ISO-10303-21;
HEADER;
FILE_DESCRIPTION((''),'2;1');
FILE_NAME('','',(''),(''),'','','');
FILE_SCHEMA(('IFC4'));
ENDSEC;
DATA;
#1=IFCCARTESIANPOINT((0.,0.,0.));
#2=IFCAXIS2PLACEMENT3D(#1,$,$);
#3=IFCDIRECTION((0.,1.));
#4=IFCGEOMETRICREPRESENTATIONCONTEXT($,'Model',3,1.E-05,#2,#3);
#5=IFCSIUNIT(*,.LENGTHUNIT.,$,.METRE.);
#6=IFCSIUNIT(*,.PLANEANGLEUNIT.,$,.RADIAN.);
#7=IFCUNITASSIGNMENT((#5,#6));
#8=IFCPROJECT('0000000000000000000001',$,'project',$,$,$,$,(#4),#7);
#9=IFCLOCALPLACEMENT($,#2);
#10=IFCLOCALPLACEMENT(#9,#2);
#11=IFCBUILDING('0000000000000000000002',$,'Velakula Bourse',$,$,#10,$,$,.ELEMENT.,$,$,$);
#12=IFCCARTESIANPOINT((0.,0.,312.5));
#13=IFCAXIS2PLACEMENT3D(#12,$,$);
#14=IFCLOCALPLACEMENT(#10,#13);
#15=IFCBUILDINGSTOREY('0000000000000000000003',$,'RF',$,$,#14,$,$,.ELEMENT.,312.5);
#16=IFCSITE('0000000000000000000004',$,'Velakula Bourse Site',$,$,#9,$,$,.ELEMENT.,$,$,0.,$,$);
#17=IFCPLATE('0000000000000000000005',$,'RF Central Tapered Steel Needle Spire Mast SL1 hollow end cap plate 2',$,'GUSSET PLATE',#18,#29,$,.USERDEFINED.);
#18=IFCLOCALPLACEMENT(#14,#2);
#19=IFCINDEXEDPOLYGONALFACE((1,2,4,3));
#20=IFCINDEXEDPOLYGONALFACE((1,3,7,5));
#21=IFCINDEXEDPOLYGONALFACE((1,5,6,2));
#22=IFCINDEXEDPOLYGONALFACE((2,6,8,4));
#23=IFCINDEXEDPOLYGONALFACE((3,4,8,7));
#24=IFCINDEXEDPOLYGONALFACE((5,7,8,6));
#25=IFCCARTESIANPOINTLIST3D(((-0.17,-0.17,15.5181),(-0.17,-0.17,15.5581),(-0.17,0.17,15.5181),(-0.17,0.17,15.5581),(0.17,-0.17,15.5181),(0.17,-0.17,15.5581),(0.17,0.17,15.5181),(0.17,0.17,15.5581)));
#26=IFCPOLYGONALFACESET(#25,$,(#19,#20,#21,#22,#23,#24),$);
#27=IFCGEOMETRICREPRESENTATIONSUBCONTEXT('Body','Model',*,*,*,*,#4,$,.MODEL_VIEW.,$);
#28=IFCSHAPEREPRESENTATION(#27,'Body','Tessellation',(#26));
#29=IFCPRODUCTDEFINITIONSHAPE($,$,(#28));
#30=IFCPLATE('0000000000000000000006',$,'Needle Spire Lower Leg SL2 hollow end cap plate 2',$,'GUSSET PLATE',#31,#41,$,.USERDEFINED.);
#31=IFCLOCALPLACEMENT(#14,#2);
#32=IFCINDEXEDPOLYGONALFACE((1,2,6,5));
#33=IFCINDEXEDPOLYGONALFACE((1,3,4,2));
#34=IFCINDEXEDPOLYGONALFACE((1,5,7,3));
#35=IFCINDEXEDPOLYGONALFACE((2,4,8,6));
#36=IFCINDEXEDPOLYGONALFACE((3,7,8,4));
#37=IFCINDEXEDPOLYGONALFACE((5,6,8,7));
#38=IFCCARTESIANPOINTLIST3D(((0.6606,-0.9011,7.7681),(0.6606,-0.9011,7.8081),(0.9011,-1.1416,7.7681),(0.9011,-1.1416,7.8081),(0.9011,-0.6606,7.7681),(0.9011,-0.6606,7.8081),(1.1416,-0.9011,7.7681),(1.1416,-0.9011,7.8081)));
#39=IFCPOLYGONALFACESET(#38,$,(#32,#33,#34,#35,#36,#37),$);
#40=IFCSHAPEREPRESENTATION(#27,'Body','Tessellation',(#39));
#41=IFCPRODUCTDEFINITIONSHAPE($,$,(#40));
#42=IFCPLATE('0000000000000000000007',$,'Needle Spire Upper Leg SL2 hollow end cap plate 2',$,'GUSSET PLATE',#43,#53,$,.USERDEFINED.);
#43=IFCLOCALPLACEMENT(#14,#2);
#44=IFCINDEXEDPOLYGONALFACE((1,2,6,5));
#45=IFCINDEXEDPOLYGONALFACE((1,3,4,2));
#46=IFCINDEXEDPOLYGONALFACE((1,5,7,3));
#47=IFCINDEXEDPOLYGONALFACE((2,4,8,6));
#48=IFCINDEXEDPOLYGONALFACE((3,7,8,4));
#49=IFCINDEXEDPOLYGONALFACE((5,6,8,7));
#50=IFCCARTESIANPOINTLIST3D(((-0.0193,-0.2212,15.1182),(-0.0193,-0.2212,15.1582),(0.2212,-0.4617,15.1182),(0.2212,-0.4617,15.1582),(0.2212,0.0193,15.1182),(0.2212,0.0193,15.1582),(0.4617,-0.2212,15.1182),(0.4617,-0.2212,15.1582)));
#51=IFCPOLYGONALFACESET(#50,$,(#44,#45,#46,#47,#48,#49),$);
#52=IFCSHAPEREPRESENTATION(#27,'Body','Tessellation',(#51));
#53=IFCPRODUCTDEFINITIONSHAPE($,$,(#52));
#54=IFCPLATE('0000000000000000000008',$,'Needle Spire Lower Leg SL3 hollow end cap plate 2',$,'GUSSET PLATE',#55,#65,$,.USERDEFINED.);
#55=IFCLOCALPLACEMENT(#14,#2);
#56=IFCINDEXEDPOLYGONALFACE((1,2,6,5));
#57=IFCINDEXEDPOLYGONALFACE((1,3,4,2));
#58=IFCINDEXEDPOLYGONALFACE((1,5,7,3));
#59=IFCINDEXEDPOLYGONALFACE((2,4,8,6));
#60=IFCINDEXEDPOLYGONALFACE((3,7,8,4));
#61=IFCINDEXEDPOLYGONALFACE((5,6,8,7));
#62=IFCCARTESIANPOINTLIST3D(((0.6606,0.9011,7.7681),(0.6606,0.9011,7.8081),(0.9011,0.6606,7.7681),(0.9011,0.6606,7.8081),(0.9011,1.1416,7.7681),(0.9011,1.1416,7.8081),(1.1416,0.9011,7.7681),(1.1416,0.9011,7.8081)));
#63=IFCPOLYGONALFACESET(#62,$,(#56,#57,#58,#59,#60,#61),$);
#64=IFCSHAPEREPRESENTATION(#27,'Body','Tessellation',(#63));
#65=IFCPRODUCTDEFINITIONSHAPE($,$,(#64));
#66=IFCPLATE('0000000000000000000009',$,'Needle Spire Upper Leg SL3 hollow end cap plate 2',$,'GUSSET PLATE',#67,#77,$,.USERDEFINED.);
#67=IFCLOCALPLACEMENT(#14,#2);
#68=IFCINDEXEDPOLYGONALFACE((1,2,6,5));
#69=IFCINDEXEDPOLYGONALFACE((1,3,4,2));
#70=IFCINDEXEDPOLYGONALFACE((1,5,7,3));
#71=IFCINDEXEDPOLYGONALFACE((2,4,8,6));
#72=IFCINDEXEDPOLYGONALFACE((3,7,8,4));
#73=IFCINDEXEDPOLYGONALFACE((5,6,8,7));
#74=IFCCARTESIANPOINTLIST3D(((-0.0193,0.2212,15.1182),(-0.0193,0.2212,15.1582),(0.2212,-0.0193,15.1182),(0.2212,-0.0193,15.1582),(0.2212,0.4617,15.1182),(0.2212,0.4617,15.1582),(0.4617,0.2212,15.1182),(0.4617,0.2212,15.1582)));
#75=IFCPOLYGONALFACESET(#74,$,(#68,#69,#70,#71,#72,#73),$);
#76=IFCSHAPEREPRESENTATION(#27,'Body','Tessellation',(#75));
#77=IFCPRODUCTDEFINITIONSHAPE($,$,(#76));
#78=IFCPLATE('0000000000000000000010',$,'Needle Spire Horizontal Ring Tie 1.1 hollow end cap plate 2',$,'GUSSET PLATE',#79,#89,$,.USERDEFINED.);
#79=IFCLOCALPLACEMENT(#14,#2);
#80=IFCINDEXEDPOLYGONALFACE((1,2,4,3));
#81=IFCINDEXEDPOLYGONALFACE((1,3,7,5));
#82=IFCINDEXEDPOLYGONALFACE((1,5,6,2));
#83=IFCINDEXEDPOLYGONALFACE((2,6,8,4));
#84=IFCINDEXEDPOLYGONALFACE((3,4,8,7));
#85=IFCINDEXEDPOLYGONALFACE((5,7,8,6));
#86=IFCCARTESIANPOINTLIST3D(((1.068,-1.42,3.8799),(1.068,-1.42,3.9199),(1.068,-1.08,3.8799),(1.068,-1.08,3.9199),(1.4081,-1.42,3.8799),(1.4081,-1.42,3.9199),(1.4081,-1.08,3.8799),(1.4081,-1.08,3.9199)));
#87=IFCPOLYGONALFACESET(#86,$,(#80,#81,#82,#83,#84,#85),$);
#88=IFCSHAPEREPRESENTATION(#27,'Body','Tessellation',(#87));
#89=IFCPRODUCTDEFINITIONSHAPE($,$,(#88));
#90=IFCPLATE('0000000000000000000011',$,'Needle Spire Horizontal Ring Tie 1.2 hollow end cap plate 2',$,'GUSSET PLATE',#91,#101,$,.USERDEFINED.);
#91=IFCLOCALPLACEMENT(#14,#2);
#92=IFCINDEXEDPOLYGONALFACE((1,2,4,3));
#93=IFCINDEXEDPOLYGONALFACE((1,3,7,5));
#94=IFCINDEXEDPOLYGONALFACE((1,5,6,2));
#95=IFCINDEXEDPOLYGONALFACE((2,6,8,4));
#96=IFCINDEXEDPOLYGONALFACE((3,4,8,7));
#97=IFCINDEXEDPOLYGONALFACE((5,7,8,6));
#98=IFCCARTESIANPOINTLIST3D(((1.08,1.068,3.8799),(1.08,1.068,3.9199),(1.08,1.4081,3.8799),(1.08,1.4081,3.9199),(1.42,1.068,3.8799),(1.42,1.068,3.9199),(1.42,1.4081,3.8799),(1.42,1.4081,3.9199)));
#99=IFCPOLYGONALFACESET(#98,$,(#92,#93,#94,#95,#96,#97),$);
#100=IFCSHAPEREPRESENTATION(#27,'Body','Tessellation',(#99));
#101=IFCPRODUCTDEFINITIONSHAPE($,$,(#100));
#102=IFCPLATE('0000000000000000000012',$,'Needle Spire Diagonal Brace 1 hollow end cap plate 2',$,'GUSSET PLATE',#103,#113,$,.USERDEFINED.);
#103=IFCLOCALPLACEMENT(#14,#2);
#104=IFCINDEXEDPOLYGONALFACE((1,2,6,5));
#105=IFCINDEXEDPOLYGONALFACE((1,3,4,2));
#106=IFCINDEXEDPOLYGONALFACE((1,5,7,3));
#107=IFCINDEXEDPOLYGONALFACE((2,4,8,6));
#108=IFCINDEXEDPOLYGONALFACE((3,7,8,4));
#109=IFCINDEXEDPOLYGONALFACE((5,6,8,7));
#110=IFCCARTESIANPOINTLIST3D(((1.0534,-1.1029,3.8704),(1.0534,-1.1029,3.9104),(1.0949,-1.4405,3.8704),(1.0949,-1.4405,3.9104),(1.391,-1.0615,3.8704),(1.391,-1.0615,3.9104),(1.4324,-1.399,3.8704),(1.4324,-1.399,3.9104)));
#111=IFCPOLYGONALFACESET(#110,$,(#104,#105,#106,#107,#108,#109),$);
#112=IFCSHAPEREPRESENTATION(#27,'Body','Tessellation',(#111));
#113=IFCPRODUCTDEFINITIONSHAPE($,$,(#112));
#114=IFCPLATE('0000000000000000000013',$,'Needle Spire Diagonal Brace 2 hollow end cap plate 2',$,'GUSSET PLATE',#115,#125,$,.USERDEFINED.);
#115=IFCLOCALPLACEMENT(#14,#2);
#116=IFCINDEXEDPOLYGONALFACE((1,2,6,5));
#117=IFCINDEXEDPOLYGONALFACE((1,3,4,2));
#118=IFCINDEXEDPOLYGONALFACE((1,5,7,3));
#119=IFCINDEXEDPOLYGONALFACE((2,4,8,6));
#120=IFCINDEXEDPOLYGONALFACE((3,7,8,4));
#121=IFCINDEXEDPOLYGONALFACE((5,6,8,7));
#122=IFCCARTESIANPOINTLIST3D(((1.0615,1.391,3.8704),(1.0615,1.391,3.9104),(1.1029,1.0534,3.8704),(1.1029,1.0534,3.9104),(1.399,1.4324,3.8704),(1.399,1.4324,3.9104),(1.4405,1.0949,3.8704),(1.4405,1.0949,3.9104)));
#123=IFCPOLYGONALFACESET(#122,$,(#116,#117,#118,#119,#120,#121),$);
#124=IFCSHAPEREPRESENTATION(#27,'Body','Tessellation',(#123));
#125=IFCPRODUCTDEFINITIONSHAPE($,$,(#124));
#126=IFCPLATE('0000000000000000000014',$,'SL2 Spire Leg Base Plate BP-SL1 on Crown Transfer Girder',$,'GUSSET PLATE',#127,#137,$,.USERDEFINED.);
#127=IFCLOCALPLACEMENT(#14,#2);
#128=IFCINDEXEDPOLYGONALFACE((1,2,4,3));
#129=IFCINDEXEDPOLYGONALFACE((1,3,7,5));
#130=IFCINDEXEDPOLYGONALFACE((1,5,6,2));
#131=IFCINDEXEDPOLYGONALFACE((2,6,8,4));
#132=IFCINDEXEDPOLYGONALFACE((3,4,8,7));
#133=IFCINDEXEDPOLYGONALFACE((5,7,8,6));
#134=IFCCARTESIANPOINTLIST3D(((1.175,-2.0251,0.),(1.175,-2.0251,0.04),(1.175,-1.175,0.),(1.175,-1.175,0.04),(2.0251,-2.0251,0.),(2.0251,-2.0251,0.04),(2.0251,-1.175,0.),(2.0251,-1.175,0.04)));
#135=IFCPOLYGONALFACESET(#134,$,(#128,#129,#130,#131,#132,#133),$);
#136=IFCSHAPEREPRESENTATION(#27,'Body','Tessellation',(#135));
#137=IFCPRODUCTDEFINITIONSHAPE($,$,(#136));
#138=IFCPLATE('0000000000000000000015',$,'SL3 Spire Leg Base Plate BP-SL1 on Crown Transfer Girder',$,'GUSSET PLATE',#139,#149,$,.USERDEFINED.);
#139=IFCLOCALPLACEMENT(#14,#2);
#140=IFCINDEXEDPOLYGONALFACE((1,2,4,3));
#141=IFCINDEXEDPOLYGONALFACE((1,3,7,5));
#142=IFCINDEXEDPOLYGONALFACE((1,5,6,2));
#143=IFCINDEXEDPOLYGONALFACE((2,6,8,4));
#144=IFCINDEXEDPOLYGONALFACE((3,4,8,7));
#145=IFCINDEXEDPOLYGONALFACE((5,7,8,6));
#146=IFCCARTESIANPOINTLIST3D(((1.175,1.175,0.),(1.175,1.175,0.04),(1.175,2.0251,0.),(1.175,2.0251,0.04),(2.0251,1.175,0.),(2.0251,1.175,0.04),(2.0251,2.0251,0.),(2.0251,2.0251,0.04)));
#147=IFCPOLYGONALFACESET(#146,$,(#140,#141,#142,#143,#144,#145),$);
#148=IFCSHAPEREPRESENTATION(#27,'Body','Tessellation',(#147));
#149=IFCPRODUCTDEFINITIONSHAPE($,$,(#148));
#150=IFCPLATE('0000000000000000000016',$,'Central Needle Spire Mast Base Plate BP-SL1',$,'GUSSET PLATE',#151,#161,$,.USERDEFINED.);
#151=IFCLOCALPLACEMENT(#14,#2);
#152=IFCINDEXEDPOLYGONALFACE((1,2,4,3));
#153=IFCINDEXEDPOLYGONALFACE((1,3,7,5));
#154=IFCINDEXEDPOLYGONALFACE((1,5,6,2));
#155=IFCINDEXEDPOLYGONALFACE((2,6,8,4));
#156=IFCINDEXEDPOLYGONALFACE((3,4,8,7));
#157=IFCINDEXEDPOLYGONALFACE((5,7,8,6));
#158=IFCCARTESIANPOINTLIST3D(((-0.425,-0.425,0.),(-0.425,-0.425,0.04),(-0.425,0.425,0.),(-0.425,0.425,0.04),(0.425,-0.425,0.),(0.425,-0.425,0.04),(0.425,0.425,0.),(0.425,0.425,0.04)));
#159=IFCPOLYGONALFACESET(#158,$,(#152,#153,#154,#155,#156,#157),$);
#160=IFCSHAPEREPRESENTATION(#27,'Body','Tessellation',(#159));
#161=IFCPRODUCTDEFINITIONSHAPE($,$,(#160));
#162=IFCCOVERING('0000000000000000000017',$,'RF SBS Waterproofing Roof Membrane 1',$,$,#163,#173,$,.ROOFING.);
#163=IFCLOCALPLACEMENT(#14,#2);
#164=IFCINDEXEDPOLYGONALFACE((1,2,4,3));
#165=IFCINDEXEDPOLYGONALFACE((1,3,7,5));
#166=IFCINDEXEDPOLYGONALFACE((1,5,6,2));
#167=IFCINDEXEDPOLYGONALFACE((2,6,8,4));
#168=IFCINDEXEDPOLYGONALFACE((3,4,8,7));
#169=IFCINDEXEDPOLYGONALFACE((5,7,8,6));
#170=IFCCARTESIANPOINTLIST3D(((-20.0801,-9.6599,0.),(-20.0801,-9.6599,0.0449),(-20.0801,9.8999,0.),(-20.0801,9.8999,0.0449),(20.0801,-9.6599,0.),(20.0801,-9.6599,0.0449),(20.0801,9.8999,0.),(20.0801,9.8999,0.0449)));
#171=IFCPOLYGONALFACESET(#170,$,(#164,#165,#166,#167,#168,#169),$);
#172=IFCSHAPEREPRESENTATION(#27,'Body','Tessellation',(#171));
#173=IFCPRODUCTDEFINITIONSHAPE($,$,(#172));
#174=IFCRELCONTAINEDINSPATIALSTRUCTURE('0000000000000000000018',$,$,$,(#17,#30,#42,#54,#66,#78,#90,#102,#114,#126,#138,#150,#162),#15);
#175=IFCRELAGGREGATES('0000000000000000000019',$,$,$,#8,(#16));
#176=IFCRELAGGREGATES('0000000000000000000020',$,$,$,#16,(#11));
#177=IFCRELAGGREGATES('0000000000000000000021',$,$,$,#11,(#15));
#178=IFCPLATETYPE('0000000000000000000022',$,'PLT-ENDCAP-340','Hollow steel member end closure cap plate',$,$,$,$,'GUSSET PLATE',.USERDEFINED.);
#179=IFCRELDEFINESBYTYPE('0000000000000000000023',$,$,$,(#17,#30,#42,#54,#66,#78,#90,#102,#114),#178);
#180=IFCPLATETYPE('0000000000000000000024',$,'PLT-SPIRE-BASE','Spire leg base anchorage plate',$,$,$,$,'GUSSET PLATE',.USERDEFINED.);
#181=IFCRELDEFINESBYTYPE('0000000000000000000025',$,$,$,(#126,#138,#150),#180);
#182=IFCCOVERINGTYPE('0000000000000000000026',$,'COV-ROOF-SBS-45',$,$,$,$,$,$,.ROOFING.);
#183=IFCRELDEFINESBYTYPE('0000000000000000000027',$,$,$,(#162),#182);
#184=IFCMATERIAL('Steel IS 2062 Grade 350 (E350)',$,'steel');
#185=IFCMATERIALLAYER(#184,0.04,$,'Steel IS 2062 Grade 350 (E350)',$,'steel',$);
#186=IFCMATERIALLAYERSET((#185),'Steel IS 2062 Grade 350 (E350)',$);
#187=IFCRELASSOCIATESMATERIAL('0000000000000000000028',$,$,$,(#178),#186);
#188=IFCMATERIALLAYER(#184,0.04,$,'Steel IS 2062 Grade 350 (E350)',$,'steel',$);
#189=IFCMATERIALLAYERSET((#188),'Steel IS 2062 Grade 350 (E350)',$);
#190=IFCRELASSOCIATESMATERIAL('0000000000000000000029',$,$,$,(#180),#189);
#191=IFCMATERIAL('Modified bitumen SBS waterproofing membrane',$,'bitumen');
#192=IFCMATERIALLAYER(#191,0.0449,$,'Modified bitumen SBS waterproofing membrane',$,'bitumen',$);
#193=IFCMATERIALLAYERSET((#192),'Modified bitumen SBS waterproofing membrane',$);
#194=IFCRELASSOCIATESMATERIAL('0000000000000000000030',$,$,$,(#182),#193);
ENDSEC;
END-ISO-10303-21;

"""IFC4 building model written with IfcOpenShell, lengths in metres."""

from ifc_helpers import new_model, si_unit, direction, frame, origin, origin_2d, place, context, subcontext, project, spatial, polyline, rectangle, outline, extrude, material, layer, layer_set, type_object, element, save


model = new_model("IFC4")

# Units and contexts
model_context = context("Model", 3, precision=1e-05, world=origin(), true_north=direction((0.0, 1.0)))
body_context = subcontext(model_context, "Body", "Model", "MODEL_VIEW")
ifc_project = project(units=[si_unit("LENGTHUNIT", "METRE"), si_unit("PLANEANGLEUNIT", "RADIAN")], contexts=[model_context])

# Site, building, storey
site_placement = place(None, origin())
site = spatial("IfcSite", under=ifc_project, at=site_placement, Name="Velakula Bourse Site", CompositionType="ELEMENT", RefElevation=0.0)
building_placement = place(site_placement, origin())
building = spatial("IfcBuilding", under=site, at=building_placement, Name="Velakula Bourse", CompositionType="ELEMENT")
storey_placement = place(building_placement, frame((0.0, 0.0, 312.5)))
storey = spatial("IfcBuildingStorey", under=building, at=storey_placement, Name="RF", CompositionType="ELEMENT", Elevation=312.5)

# Shared definitions
ifc_material_1 = material(Name="Steel IS 2062 Grade 350 (E350)", Category="steel")

# Plates
ifc_layer_1 = layer(ifc_material_1, 0.04, Name="Steel IS 2062 Grade 350 (E350)", Category="steel")
ifc_layer_set_1 = layer_set([ifc_layer_1], Name="Steel IS 2062 Grade 350 (E350)")
plate_type_1 = type_object("IfcPlateType", Name="PLT-ENDCAP-340", Description="Hollow steel member end closure cap plate", ElementType="GUSSET PLATE", PredefinedType="USERDEFINED", material=ifc_layer_set_1)
for number, where, z_axis, x_axis, name in (
    (1, (0.0, 0.0, 15.5181), (0.0, 0.0, 1.0), (1.0, 0.0, 0.0), "RF Central Tapered Steel Needle Spire Mast SL1 hollow end cap plate 2"),
    (2, (0.9011, -0.9011, 7.7681), (0.0, 0.0, 1.0), (-0.707107, 0.707107, 0.0), "Needle Spire Lower Leg SL2 hollow end cap plate 2"),
    (3, (0.2212, -0.2212, 15.1182), (0.0, 0.0, 1.0), (-0.707107, 0.707107, 0.0), "Needle Spire Upper Leg SL2 hollow end cap plate 2"),
    (4, (0.9011, 0.9011, 7.7681), (0.0, 0.0, 1.0), (-0.707107, -0.707107, 0.0), "Needle Spire Lower Leg SL3 hollow end cap plate 2"),
    (5, (0.2212, 0.2212, 15.1182), (0.0, 0.0, 1.0), (-0.707107, -0.707107, 0.0), "Needle Spire Upper Leg SL3 hollow end cap plate 2"),
    (6, (1.238, -1.25, 3.8799), (0.0, 0.0, 1.0), (1.0, 0.0, 0.0), "Needle Spire Horizontal Ring Tie 1.1 hollow end cap plate 2"),
    (7, (1.25, 1.238, 3.8799), (0.0, 0.0, 1.0), (0.0, 1.0, 0.0), "Needle Spire Horizontal Ring Tie 1.2 hollow end cap plate 2"),
    (8, (1.2429, -1.251, 3.8704), (0.0, 0.0, 1.0), (0.992544, 0.121887, 0.0), "Needle Spire Diagonal Brace 1 hollow end cap plate 2"),
    (9, (1.251, 1.2429, 3.8704), (0.0, 0.0, 1.0), (-0.121887, 0.992544, 0.0), "Needle Spire Diagonal Brace 2 hollow end cap plate 2"),
):
    element("IfcPlate", number, at=place(storey_placement, frame(where, z_axis=z_axis, x_axis=x_axis)), inside=storey, type_object=plate_type_1, Name=name, ObjectType="GUSSET PLATE", PredefinedType="USERDEFINED", context=body_context, shape_type="SweptSolid", body=[
        extrude(rectangle(XDim=0.3401, YDim=0.3401, at=origin_2d()), origin(), (0.0, 0.0, 1.0), 0.04),
    ])
ifc_layer_2 = layer(ifc_material_1, 0.04, Name="Steel IS 2062 Grade 350 (E350)", Category="steel")
ifc_layer_set_2 = layer_set([ifc_layer_2], Name="Steel IS 2062 Grade 350 (E350)")
plate_type_2 = type_object("IfcPlateType", Name="PLT-SPIRE-BASE", Description="Spire leg base anchorage plate", ElementType="GUSSET PLATE", PredefinedType="USERDEFINED", material=ifc_layer_set_2)
for number, where, z_axis, x_axis, name in (
    (10, (1.6001, -1.6001, 0.0), (0.0, 0.0, 1.0), (1.0, 0.0, 0.0), "SL2 Spire Leg Base Plate BP-SL1 on Crown Transfer Girder"),
    (11, (1.6001, 1.6001, 0.0), (0.0, 0.0, 1.0), (1.0, 0.0, 0.0), "SL3 Spire Leg Base Plate BP-SL1 on Crown Transfer Girder"),
    (12, (0.0, 0.0, 0.0), (0.0, 0.0, 1.0), (1.0, 0.0, 0.0), "Central Needle Spire Mast Base Plate BP-SL1"),
):
    element("IfcPlate", number, at=place(storey_placement, frame(where, z_axis=z_axis, x_axis=x_axis)), inside=storey, type_object=plate_type_2, Name=name, ObjectType="GUSSET PLATE", PredefinedType="USERDEFINED", context=body_context, shape_type="SweptSolid", body=[
        extrude(rectangle(XDim=0.8501, YDim=0.8501, at=origin_2d()), origin(), (0.0, 0.0, 1.0), 0.04),
    ])

# Covering
ifc_material_2 = material(Name="Modified bitumen SBS waterproofing membrane", Category="bitumen")
ifc_layer_3 = layer(ifc_material_2, 0.0449, Name="Modified bitumen SBS waterproofing membrane", Category="bitumen")
ifc_layer_set_3 = layer_set([ifc_layer_3], Name="Modified bitumen SBS waterproofing membrane")
covering_type = type_object("IfcCoveringType", Name="COV-ROOF-SBS-45", PredefinedType="ROOFING", material=ifc_layer_set_3)
covering_placement = place(storey_placement, origin())
element("IfcCovering", 13, at=covering_placement, inside=storey, type_object=covering_type, Name="RF SBS Waterproofing Roof Membrane 1", PredefinedType="ROOFING", context=body_context, shape_type="SweptSolid", body=[
    extrude(outline(polyline([(20.0801, 9.8999), (20.0801, -9.6599), (-20.0801, -9.6599), (-20.0801, 9.8999), (20.0801, 9.8999)])), origin(), (0.0, 0.0, 1.0), 0.0449),
])

save(model, "model.ifc")
